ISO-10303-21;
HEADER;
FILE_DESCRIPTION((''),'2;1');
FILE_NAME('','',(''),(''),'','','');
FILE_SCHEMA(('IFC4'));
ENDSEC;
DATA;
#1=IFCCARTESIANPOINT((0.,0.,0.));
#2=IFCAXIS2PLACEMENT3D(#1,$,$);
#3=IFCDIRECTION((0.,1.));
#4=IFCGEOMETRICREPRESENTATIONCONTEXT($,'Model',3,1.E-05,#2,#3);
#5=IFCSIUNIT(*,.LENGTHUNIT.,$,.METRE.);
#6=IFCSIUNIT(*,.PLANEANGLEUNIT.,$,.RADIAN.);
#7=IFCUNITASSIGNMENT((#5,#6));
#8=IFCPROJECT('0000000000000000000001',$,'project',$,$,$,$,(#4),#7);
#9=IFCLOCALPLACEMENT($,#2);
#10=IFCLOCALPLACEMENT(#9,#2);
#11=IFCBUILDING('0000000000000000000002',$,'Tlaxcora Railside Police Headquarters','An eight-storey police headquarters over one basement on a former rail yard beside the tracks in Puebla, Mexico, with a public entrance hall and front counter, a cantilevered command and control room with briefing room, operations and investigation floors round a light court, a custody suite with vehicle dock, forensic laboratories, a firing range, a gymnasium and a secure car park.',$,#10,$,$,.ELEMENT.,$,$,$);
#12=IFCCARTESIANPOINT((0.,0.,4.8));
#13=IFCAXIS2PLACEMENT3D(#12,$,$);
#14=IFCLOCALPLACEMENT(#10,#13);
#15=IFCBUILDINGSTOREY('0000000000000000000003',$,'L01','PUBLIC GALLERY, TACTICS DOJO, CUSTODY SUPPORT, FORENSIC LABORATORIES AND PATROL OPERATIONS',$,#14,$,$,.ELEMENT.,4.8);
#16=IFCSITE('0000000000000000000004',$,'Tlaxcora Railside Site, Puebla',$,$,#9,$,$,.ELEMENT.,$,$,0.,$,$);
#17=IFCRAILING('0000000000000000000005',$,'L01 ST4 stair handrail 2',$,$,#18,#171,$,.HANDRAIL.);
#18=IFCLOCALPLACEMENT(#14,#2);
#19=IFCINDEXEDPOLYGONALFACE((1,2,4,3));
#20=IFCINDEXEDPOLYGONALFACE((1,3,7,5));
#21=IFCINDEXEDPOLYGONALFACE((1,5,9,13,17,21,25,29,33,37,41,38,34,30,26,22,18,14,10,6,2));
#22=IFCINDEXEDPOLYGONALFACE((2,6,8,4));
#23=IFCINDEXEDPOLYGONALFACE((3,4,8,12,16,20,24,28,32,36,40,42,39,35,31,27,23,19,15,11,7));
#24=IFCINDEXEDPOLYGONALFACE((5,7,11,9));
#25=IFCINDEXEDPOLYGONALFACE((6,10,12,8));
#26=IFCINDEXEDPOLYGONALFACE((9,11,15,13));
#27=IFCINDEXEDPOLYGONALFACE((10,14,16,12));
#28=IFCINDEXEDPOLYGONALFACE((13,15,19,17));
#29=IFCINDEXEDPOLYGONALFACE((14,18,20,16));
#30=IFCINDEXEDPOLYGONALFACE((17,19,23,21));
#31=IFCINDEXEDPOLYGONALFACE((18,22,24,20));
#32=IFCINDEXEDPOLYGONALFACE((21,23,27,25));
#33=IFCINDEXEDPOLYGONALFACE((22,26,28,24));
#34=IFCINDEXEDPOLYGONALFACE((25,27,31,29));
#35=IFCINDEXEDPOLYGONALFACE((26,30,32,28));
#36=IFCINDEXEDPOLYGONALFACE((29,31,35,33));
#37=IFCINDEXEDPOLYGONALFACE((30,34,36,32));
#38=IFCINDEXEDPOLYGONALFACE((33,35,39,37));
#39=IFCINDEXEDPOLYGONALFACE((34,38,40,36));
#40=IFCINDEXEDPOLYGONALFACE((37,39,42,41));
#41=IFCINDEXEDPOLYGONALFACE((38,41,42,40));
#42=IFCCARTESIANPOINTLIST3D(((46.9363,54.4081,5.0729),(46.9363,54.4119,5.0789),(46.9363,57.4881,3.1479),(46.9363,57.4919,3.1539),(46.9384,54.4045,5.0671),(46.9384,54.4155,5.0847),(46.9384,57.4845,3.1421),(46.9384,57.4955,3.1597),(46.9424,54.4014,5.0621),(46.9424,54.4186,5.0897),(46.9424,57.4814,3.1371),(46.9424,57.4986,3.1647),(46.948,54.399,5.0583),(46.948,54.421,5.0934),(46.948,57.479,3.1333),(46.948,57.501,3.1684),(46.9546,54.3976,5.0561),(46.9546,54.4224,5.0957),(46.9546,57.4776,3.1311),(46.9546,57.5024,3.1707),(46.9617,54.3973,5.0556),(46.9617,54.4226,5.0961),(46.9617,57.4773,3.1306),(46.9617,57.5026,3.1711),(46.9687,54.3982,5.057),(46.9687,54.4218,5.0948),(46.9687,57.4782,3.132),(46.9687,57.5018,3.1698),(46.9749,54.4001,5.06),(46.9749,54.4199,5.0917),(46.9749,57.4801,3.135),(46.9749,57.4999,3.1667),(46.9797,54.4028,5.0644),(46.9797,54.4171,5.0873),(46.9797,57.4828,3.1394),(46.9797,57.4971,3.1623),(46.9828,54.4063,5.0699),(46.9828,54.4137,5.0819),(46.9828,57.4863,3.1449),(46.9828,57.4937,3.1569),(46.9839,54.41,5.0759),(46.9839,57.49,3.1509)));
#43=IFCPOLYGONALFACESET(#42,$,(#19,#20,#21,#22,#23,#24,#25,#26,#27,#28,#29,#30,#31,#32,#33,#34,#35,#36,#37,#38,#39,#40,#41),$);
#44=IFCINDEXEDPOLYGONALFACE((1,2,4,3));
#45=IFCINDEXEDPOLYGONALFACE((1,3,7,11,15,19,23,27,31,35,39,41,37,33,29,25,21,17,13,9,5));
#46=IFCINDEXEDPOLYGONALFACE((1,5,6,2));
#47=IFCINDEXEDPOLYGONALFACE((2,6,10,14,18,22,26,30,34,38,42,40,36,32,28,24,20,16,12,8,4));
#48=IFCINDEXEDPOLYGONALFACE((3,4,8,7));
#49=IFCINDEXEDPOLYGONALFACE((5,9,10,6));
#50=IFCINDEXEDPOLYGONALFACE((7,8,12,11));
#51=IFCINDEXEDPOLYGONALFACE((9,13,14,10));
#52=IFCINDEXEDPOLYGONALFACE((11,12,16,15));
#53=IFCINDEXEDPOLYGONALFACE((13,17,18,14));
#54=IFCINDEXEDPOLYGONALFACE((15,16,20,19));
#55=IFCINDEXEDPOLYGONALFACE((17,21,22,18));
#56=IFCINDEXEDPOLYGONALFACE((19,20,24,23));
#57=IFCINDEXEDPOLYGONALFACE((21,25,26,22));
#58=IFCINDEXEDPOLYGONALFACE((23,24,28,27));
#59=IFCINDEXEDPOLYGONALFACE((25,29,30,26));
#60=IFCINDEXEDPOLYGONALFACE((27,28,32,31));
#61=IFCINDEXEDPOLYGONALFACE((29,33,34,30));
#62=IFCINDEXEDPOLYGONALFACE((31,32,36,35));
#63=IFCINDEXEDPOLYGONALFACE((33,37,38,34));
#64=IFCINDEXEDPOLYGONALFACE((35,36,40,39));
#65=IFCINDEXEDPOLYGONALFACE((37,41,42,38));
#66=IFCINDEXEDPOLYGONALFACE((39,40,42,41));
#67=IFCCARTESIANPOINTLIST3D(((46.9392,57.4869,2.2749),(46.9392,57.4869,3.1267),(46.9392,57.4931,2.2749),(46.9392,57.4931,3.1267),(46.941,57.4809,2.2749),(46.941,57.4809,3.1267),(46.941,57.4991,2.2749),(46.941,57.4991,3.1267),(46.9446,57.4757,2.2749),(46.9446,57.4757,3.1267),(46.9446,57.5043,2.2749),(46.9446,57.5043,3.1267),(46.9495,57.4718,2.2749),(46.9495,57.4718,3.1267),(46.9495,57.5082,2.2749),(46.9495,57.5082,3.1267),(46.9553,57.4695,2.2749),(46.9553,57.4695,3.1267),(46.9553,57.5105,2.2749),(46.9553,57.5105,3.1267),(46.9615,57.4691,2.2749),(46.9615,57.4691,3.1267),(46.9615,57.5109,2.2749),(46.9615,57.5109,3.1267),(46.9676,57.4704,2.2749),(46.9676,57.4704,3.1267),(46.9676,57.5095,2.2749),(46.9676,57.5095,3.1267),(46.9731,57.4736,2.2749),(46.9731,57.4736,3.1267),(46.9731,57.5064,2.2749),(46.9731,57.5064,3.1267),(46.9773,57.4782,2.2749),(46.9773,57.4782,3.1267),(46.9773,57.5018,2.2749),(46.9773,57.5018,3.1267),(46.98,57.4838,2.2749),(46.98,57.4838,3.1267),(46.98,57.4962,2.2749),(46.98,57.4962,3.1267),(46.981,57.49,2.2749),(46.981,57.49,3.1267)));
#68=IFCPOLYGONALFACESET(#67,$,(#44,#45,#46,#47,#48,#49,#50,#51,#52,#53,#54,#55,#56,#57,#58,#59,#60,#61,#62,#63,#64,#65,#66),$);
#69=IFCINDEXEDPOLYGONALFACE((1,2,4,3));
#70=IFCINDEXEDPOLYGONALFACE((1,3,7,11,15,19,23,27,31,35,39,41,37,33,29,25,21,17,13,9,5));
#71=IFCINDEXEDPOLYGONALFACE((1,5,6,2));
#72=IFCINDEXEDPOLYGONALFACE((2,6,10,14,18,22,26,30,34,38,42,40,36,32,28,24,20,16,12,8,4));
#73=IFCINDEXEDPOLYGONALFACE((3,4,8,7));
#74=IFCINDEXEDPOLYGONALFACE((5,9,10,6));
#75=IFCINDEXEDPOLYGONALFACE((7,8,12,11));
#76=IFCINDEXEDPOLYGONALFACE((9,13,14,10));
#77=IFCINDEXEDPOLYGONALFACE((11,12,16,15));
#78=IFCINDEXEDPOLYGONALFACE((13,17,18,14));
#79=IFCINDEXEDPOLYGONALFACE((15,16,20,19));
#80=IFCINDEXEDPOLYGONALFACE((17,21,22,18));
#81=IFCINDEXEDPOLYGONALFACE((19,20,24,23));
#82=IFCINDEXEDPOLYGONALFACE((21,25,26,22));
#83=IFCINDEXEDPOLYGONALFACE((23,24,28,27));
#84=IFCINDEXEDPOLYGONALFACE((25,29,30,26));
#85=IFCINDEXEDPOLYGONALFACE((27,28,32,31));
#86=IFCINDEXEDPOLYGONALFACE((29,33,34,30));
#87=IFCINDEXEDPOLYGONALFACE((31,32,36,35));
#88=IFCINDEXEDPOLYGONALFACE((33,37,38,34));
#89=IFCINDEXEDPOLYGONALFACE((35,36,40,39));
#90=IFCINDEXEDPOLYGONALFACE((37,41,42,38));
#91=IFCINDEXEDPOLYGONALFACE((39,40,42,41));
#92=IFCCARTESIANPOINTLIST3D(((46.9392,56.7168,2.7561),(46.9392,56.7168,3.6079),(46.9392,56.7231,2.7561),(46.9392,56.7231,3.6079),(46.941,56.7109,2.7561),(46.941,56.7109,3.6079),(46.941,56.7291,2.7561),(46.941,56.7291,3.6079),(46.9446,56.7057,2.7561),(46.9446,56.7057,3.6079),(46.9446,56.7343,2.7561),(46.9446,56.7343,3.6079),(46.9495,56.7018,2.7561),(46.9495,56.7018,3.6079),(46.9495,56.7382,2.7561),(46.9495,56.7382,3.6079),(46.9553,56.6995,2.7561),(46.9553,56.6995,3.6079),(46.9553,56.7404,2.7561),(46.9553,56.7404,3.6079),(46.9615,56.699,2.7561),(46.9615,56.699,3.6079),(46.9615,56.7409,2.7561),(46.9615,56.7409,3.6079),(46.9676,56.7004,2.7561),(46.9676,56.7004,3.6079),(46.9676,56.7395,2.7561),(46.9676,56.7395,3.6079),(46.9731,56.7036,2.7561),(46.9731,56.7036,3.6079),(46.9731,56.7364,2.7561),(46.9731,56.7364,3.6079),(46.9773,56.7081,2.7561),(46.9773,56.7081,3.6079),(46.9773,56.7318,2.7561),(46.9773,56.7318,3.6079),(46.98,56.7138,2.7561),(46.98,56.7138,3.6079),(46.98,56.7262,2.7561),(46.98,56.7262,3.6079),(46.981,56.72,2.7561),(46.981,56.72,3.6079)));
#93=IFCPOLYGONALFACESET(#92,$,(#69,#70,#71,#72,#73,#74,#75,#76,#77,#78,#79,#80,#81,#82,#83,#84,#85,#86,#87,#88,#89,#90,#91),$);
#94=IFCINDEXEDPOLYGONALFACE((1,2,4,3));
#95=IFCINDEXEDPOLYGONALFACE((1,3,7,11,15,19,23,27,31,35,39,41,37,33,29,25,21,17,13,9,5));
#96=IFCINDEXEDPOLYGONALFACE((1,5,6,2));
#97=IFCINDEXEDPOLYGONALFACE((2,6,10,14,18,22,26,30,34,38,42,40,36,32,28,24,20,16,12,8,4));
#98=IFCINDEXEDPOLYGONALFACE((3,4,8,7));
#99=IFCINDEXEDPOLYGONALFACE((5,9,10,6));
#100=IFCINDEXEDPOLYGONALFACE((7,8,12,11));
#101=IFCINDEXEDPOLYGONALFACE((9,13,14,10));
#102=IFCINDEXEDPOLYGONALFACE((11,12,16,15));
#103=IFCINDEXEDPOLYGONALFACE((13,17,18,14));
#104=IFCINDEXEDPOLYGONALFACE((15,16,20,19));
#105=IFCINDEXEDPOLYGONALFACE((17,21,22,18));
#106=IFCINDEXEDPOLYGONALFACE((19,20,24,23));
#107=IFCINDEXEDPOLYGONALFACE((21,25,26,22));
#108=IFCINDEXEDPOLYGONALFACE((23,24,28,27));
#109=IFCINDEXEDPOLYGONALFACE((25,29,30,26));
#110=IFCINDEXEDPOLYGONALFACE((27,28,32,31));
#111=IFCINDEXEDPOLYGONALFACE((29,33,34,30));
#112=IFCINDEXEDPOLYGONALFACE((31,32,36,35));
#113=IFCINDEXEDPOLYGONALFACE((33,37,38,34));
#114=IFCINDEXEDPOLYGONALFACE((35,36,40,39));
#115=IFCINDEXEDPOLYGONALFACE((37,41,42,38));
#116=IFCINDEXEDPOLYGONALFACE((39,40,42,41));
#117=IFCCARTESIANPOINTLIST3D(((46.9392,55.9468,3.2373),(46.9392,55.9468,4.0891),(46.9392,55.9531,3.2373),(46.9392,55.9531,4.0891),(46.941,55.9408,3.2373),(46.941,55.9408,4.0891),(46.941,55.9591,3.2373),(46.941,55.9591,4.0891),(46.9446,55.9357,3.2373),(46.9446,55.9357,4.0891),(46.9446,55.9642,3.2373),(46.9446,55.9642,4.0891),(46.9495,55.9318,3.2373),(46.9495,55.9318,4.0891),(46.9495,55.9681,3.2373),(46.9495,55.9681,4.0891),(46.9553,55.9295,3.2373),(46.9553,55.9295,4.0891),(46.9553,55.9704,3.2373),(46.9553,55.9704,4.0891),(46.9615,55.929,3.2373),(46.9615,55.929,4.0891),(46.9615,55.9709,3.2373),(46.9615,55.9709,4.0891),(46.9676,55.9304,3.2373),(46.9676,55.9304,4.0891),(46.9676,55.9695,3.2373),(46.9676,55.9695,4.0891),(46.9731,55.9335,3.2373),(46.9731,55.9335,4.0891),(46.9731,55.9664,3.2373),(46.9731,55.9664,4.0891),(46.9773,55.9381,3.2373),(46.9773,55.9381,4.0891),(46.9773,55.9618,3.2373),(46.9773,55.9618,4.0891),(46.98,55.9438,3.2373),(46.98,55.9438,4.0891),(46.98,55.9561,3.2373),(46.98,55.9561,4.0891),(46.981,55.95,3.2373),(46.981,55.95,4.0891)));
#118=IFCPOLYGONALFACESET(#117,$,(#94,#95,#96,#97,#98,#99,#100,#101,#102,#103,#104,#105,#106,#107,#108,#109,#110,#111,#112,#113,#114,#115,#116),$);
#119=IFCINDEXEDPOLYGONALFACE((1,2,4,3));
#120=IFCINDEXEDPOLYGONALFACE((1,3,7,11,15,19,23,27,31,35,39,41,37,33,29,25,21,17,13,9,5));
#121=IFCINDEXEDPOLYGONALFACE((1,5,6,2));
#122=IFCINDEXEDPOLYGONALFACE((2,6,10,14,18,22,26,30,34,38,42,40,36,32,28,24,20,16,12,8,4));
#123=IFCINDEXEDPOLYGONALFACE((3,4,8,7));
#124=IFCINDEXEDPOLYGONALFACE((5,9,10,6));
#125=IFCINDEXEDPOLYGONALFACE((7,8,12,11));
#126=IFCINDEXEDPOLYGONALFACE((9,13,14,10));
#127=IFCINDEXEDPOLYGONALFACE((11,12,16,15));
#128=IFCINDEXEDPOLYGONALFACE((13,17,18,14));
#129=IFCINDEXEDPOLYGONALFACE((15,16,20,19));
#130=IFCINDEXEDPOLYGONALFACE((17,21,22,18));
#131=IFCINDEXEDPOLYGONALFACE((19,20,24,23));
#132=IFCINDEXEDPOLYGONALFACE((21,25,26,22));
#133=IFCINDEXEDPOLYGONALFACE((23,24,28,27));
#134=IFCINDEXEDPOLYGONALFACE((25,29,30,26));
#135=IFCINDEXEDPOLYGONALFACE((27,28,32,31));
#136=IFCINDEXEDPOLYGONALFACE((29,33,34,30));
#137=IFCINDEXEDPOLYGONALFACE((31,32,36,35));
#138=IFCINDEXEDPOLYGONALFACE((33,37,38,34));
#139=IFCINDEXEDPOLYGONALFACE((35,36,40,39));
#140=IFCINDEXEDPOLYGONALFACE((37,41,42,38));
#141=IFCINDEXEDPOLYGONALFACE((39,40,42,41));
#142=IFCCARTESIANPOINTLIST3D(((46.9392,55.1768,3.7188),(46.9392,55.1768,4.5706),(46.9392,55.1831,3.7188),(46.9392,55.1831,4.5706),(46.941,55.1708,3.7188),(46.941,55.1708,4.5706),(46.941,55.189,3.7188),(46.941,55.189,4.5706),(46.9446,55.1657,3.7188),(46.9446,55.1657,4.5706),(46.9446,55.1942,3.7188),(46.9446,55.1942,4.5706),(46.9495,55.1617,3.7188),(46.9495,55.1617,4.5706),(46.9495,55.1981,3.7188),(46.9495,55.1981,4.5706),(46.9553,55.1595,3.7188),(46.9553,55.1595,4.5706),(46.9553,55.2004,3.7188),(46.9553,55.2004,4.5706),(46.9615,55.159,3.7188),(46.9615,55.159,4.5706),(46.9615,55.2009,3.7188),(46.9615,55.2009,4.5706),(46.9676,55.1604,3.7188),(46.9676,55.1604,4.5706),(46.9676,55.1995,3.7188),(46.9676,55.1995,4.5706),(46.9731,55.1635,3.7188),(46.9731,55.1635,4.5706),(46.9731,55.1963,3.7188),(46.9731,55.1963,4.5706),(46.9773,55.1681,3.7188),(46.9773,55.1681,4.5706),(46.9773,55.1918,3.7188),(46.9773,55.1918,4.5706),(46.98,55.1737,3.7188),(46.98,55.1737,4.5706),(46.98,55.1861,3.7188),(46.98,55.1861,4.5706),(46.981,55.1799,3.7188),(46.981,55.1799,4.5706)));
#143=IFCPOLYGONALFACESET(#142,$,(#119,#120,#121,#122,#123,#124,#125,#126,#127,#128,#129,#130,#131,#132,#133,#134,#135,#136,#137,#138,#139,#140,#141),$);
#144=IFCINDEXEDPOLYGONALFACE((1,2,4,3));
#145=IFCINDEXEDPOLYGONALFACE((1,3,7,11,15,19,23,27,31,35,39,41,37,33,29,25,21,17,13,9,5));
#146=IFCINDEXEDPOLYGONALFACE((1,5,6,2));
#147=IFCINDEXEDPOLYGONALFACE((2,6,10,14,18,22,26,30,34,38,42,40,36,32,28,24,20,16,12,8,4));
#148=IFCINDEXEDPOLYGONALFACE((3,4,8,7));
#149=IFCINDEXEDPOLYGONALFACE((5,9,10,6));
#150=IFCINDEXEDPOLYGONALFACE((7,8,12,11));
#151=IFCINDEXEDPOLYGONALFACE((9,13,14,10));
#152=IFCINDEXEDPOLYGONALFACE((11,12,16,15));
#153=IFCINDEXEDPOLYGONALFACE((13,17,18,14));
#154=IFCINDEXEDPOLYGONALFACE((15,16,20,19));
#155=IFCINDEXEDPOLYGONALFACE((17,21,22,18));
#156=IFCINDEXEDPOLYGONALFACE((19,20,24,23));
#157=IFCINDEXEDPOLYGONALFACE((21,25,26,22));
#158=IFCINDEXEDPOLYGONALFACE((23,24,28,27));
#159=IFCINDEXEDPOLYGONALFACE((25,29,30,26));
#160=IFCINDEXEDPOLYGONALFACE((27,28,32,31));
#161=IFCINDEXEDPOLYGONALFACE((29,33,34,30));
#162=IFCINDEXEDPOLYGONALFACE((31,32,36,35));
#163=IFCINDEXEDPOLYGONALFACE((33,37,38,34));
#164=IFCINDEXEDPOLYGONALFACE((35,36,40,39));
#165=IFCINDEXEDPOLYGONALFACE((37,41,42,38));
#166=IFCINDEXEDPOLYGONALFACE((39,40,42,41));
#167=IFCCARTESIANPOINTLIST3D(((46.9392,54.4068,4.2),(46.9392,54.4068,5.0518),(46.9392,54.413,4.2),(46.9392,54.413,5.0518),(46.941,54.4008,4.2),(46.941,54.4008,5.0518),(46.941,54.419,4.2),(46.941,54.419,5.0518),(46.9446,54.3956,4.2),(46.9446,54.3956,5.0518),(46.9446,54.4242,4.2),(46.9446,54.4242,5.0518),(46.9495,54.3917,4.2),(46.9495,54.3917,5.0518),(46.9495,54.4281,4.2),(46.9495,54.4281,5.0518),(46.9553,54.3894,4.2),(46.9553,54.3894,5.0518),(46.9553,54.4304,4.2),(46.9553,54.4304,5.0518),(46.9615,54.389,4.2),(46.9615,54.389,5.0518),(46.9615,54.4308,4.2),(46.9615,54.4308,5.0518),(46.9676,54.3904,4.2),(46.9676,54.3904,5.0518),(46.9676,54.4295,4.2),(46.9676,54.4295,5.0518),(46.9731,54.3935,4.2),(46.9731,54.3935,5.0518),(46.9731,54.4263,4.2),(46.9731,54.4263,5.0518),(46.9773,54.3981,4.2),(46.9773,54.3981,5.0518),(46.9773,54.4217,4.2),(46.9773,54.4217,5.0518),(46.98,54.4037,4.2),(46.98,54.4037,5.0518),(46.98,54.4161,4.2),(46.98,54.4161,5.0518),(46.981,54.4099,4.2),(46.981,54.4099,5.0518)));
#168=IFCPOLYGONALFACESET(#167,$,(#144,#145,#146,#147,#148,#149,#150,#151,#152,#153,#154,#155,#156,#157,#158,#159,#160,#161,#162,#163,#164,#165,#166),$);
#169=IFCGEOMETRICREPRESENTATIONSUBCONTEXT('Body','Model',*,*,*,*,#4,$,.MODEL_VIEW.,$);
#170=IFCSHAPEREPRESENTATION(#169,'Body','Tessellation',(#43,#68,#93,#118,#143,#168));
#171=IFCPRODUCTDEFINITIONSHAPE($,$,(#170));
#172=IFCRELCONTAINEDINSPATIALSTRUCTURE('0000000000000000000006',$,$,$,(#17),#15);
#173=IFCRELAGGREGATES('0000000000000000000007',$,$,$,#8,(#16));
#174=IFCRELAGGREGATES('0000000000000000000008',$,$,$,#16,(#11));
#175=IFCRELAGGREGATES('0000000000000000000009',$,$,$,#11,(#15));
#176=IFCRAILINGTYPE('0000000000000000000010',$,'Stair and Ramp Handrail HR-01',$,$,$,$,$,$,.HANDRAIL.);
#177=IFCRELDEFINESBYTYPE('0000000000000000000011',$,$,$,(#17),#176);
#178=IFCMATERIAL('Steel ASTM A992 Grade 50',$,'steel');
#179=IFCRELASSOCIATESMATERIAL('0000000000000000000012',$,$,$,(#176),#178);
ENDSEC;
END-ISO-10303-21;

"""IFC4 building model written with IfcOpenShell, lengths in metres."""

from ifc_helpers import new_model, si_unit, direction, frame, origin, origin_2d, place, context, subcontext, project, spatial, circle, extrude, material, type_object, element, save


model = new_model("IFC4")

# Units and contexts
model_context = context("Model", 3, precision=1e-05, world=origin(), true_north=direction((0.0, 1.0)))
body_context = subcontext(model_context, "Body", "Model", "MODEL_VIEW")
ifc_project = project(units=[si_unit("LENGTHUNIT", "METRE"), si_unit("PLANEANGLEUNIT", "RADIAN")], contexts=[model_context])

# Site, building, storey
site_placement = place(None, origin())
site = spatial("IfcSite", under=ifc_project, at=site_placement, Name="Tlaxcora Railside Site, Puebla", CompositionType="ELEMENT", RefElevation=0.0)
building_placement = place(site_placement, origin())
building = spatial("IfcBuilding", under=site, at=building_placement, Name="Tlaxcora Railside Police Headquarters", Description="An eight-storey police headquarters over one basement on a former rail yard beside the tracks in Puebla, Mexico, with a public entrance hall and front counter, a cantilevered command and control room with briefing room, operations and investigation floors round a light court, a custody suite with vehicle dock, forensic laboratories, a firing range, a gymnasium and a secure car park.", CompositionType="ELEMENT")
storey_placement = place(building_placement, frame((0.0, 0.0, 4.8)))
storey = spatial("IfcBuildingStorey", under=building, at=storey_placement, Name="L01", Description="PUBLIC GALLERY, TACTICS DOJO, CUSTODY SUPPORT, FORENSIC LABORATORIES AND PATROL OPERATIONS", CompositionType="ELEMENT", Elevation=4.8)

# Shared definitions
ifc_material_1 = material(Name="Steel ASTM A992 Grade 50", Category="steel")

# Railing
railing_type_1 = type_object("IfcRailingType", Name="Stair and Ramp Handrail HR-01", PredefinedType="HANDRAIL", material=ifc_material_1)
railing_1_placement = place(storey_placement, frame((46.96, 57.49, 2.2749)))
element("IfcRailing", 1, at=railing_1_placement, inside=storey, type_object=railing_type_1, Name="L01 ST4 stair handrail 2", PredefinedType="HANDRAIL", context=body_context, shape_type="SweptSolid", body=[
    extrude(circle(Radius=0.0239, at=origin_2d()), frame((0.0, 0.0, 0.876), z_axis=(0.0, -0.847998, 0.529999), x_axis=(1.0, 0.0, 0.0)), (0.0, 0.0, 1.0), 3.6321),
    extrude(circle(Radius=0.021, at=origin_2d()), origin(), (0.0, 0.0, 1.0), 0.8518),
    extrude(circle(Radius=0.021, at=origin_2d()), frame((0.0, -0.77, 0.4812)), (0.0, 0.0, 1.0), 0.8518),
    extrude(circle(Radius=0.021, at=origin_2d()), frame((0.0, -1.54, 0.9624)), (0.0, 0.0, 1.0), 0.8518),
    extrude(circle(Radius=0.021, at=origin_2d()), frame((0.0, -2.3101, 1.4438)), (0.0, 0.0, 1.0), 0.8518),
    extrude(circle(Radius=0.021, at=origin_2d()), frame((0.0, -3.0801, 1.925)), (0.0, 0.0, 1.0), 0.8518),
])

save(model, "model.ifc")
